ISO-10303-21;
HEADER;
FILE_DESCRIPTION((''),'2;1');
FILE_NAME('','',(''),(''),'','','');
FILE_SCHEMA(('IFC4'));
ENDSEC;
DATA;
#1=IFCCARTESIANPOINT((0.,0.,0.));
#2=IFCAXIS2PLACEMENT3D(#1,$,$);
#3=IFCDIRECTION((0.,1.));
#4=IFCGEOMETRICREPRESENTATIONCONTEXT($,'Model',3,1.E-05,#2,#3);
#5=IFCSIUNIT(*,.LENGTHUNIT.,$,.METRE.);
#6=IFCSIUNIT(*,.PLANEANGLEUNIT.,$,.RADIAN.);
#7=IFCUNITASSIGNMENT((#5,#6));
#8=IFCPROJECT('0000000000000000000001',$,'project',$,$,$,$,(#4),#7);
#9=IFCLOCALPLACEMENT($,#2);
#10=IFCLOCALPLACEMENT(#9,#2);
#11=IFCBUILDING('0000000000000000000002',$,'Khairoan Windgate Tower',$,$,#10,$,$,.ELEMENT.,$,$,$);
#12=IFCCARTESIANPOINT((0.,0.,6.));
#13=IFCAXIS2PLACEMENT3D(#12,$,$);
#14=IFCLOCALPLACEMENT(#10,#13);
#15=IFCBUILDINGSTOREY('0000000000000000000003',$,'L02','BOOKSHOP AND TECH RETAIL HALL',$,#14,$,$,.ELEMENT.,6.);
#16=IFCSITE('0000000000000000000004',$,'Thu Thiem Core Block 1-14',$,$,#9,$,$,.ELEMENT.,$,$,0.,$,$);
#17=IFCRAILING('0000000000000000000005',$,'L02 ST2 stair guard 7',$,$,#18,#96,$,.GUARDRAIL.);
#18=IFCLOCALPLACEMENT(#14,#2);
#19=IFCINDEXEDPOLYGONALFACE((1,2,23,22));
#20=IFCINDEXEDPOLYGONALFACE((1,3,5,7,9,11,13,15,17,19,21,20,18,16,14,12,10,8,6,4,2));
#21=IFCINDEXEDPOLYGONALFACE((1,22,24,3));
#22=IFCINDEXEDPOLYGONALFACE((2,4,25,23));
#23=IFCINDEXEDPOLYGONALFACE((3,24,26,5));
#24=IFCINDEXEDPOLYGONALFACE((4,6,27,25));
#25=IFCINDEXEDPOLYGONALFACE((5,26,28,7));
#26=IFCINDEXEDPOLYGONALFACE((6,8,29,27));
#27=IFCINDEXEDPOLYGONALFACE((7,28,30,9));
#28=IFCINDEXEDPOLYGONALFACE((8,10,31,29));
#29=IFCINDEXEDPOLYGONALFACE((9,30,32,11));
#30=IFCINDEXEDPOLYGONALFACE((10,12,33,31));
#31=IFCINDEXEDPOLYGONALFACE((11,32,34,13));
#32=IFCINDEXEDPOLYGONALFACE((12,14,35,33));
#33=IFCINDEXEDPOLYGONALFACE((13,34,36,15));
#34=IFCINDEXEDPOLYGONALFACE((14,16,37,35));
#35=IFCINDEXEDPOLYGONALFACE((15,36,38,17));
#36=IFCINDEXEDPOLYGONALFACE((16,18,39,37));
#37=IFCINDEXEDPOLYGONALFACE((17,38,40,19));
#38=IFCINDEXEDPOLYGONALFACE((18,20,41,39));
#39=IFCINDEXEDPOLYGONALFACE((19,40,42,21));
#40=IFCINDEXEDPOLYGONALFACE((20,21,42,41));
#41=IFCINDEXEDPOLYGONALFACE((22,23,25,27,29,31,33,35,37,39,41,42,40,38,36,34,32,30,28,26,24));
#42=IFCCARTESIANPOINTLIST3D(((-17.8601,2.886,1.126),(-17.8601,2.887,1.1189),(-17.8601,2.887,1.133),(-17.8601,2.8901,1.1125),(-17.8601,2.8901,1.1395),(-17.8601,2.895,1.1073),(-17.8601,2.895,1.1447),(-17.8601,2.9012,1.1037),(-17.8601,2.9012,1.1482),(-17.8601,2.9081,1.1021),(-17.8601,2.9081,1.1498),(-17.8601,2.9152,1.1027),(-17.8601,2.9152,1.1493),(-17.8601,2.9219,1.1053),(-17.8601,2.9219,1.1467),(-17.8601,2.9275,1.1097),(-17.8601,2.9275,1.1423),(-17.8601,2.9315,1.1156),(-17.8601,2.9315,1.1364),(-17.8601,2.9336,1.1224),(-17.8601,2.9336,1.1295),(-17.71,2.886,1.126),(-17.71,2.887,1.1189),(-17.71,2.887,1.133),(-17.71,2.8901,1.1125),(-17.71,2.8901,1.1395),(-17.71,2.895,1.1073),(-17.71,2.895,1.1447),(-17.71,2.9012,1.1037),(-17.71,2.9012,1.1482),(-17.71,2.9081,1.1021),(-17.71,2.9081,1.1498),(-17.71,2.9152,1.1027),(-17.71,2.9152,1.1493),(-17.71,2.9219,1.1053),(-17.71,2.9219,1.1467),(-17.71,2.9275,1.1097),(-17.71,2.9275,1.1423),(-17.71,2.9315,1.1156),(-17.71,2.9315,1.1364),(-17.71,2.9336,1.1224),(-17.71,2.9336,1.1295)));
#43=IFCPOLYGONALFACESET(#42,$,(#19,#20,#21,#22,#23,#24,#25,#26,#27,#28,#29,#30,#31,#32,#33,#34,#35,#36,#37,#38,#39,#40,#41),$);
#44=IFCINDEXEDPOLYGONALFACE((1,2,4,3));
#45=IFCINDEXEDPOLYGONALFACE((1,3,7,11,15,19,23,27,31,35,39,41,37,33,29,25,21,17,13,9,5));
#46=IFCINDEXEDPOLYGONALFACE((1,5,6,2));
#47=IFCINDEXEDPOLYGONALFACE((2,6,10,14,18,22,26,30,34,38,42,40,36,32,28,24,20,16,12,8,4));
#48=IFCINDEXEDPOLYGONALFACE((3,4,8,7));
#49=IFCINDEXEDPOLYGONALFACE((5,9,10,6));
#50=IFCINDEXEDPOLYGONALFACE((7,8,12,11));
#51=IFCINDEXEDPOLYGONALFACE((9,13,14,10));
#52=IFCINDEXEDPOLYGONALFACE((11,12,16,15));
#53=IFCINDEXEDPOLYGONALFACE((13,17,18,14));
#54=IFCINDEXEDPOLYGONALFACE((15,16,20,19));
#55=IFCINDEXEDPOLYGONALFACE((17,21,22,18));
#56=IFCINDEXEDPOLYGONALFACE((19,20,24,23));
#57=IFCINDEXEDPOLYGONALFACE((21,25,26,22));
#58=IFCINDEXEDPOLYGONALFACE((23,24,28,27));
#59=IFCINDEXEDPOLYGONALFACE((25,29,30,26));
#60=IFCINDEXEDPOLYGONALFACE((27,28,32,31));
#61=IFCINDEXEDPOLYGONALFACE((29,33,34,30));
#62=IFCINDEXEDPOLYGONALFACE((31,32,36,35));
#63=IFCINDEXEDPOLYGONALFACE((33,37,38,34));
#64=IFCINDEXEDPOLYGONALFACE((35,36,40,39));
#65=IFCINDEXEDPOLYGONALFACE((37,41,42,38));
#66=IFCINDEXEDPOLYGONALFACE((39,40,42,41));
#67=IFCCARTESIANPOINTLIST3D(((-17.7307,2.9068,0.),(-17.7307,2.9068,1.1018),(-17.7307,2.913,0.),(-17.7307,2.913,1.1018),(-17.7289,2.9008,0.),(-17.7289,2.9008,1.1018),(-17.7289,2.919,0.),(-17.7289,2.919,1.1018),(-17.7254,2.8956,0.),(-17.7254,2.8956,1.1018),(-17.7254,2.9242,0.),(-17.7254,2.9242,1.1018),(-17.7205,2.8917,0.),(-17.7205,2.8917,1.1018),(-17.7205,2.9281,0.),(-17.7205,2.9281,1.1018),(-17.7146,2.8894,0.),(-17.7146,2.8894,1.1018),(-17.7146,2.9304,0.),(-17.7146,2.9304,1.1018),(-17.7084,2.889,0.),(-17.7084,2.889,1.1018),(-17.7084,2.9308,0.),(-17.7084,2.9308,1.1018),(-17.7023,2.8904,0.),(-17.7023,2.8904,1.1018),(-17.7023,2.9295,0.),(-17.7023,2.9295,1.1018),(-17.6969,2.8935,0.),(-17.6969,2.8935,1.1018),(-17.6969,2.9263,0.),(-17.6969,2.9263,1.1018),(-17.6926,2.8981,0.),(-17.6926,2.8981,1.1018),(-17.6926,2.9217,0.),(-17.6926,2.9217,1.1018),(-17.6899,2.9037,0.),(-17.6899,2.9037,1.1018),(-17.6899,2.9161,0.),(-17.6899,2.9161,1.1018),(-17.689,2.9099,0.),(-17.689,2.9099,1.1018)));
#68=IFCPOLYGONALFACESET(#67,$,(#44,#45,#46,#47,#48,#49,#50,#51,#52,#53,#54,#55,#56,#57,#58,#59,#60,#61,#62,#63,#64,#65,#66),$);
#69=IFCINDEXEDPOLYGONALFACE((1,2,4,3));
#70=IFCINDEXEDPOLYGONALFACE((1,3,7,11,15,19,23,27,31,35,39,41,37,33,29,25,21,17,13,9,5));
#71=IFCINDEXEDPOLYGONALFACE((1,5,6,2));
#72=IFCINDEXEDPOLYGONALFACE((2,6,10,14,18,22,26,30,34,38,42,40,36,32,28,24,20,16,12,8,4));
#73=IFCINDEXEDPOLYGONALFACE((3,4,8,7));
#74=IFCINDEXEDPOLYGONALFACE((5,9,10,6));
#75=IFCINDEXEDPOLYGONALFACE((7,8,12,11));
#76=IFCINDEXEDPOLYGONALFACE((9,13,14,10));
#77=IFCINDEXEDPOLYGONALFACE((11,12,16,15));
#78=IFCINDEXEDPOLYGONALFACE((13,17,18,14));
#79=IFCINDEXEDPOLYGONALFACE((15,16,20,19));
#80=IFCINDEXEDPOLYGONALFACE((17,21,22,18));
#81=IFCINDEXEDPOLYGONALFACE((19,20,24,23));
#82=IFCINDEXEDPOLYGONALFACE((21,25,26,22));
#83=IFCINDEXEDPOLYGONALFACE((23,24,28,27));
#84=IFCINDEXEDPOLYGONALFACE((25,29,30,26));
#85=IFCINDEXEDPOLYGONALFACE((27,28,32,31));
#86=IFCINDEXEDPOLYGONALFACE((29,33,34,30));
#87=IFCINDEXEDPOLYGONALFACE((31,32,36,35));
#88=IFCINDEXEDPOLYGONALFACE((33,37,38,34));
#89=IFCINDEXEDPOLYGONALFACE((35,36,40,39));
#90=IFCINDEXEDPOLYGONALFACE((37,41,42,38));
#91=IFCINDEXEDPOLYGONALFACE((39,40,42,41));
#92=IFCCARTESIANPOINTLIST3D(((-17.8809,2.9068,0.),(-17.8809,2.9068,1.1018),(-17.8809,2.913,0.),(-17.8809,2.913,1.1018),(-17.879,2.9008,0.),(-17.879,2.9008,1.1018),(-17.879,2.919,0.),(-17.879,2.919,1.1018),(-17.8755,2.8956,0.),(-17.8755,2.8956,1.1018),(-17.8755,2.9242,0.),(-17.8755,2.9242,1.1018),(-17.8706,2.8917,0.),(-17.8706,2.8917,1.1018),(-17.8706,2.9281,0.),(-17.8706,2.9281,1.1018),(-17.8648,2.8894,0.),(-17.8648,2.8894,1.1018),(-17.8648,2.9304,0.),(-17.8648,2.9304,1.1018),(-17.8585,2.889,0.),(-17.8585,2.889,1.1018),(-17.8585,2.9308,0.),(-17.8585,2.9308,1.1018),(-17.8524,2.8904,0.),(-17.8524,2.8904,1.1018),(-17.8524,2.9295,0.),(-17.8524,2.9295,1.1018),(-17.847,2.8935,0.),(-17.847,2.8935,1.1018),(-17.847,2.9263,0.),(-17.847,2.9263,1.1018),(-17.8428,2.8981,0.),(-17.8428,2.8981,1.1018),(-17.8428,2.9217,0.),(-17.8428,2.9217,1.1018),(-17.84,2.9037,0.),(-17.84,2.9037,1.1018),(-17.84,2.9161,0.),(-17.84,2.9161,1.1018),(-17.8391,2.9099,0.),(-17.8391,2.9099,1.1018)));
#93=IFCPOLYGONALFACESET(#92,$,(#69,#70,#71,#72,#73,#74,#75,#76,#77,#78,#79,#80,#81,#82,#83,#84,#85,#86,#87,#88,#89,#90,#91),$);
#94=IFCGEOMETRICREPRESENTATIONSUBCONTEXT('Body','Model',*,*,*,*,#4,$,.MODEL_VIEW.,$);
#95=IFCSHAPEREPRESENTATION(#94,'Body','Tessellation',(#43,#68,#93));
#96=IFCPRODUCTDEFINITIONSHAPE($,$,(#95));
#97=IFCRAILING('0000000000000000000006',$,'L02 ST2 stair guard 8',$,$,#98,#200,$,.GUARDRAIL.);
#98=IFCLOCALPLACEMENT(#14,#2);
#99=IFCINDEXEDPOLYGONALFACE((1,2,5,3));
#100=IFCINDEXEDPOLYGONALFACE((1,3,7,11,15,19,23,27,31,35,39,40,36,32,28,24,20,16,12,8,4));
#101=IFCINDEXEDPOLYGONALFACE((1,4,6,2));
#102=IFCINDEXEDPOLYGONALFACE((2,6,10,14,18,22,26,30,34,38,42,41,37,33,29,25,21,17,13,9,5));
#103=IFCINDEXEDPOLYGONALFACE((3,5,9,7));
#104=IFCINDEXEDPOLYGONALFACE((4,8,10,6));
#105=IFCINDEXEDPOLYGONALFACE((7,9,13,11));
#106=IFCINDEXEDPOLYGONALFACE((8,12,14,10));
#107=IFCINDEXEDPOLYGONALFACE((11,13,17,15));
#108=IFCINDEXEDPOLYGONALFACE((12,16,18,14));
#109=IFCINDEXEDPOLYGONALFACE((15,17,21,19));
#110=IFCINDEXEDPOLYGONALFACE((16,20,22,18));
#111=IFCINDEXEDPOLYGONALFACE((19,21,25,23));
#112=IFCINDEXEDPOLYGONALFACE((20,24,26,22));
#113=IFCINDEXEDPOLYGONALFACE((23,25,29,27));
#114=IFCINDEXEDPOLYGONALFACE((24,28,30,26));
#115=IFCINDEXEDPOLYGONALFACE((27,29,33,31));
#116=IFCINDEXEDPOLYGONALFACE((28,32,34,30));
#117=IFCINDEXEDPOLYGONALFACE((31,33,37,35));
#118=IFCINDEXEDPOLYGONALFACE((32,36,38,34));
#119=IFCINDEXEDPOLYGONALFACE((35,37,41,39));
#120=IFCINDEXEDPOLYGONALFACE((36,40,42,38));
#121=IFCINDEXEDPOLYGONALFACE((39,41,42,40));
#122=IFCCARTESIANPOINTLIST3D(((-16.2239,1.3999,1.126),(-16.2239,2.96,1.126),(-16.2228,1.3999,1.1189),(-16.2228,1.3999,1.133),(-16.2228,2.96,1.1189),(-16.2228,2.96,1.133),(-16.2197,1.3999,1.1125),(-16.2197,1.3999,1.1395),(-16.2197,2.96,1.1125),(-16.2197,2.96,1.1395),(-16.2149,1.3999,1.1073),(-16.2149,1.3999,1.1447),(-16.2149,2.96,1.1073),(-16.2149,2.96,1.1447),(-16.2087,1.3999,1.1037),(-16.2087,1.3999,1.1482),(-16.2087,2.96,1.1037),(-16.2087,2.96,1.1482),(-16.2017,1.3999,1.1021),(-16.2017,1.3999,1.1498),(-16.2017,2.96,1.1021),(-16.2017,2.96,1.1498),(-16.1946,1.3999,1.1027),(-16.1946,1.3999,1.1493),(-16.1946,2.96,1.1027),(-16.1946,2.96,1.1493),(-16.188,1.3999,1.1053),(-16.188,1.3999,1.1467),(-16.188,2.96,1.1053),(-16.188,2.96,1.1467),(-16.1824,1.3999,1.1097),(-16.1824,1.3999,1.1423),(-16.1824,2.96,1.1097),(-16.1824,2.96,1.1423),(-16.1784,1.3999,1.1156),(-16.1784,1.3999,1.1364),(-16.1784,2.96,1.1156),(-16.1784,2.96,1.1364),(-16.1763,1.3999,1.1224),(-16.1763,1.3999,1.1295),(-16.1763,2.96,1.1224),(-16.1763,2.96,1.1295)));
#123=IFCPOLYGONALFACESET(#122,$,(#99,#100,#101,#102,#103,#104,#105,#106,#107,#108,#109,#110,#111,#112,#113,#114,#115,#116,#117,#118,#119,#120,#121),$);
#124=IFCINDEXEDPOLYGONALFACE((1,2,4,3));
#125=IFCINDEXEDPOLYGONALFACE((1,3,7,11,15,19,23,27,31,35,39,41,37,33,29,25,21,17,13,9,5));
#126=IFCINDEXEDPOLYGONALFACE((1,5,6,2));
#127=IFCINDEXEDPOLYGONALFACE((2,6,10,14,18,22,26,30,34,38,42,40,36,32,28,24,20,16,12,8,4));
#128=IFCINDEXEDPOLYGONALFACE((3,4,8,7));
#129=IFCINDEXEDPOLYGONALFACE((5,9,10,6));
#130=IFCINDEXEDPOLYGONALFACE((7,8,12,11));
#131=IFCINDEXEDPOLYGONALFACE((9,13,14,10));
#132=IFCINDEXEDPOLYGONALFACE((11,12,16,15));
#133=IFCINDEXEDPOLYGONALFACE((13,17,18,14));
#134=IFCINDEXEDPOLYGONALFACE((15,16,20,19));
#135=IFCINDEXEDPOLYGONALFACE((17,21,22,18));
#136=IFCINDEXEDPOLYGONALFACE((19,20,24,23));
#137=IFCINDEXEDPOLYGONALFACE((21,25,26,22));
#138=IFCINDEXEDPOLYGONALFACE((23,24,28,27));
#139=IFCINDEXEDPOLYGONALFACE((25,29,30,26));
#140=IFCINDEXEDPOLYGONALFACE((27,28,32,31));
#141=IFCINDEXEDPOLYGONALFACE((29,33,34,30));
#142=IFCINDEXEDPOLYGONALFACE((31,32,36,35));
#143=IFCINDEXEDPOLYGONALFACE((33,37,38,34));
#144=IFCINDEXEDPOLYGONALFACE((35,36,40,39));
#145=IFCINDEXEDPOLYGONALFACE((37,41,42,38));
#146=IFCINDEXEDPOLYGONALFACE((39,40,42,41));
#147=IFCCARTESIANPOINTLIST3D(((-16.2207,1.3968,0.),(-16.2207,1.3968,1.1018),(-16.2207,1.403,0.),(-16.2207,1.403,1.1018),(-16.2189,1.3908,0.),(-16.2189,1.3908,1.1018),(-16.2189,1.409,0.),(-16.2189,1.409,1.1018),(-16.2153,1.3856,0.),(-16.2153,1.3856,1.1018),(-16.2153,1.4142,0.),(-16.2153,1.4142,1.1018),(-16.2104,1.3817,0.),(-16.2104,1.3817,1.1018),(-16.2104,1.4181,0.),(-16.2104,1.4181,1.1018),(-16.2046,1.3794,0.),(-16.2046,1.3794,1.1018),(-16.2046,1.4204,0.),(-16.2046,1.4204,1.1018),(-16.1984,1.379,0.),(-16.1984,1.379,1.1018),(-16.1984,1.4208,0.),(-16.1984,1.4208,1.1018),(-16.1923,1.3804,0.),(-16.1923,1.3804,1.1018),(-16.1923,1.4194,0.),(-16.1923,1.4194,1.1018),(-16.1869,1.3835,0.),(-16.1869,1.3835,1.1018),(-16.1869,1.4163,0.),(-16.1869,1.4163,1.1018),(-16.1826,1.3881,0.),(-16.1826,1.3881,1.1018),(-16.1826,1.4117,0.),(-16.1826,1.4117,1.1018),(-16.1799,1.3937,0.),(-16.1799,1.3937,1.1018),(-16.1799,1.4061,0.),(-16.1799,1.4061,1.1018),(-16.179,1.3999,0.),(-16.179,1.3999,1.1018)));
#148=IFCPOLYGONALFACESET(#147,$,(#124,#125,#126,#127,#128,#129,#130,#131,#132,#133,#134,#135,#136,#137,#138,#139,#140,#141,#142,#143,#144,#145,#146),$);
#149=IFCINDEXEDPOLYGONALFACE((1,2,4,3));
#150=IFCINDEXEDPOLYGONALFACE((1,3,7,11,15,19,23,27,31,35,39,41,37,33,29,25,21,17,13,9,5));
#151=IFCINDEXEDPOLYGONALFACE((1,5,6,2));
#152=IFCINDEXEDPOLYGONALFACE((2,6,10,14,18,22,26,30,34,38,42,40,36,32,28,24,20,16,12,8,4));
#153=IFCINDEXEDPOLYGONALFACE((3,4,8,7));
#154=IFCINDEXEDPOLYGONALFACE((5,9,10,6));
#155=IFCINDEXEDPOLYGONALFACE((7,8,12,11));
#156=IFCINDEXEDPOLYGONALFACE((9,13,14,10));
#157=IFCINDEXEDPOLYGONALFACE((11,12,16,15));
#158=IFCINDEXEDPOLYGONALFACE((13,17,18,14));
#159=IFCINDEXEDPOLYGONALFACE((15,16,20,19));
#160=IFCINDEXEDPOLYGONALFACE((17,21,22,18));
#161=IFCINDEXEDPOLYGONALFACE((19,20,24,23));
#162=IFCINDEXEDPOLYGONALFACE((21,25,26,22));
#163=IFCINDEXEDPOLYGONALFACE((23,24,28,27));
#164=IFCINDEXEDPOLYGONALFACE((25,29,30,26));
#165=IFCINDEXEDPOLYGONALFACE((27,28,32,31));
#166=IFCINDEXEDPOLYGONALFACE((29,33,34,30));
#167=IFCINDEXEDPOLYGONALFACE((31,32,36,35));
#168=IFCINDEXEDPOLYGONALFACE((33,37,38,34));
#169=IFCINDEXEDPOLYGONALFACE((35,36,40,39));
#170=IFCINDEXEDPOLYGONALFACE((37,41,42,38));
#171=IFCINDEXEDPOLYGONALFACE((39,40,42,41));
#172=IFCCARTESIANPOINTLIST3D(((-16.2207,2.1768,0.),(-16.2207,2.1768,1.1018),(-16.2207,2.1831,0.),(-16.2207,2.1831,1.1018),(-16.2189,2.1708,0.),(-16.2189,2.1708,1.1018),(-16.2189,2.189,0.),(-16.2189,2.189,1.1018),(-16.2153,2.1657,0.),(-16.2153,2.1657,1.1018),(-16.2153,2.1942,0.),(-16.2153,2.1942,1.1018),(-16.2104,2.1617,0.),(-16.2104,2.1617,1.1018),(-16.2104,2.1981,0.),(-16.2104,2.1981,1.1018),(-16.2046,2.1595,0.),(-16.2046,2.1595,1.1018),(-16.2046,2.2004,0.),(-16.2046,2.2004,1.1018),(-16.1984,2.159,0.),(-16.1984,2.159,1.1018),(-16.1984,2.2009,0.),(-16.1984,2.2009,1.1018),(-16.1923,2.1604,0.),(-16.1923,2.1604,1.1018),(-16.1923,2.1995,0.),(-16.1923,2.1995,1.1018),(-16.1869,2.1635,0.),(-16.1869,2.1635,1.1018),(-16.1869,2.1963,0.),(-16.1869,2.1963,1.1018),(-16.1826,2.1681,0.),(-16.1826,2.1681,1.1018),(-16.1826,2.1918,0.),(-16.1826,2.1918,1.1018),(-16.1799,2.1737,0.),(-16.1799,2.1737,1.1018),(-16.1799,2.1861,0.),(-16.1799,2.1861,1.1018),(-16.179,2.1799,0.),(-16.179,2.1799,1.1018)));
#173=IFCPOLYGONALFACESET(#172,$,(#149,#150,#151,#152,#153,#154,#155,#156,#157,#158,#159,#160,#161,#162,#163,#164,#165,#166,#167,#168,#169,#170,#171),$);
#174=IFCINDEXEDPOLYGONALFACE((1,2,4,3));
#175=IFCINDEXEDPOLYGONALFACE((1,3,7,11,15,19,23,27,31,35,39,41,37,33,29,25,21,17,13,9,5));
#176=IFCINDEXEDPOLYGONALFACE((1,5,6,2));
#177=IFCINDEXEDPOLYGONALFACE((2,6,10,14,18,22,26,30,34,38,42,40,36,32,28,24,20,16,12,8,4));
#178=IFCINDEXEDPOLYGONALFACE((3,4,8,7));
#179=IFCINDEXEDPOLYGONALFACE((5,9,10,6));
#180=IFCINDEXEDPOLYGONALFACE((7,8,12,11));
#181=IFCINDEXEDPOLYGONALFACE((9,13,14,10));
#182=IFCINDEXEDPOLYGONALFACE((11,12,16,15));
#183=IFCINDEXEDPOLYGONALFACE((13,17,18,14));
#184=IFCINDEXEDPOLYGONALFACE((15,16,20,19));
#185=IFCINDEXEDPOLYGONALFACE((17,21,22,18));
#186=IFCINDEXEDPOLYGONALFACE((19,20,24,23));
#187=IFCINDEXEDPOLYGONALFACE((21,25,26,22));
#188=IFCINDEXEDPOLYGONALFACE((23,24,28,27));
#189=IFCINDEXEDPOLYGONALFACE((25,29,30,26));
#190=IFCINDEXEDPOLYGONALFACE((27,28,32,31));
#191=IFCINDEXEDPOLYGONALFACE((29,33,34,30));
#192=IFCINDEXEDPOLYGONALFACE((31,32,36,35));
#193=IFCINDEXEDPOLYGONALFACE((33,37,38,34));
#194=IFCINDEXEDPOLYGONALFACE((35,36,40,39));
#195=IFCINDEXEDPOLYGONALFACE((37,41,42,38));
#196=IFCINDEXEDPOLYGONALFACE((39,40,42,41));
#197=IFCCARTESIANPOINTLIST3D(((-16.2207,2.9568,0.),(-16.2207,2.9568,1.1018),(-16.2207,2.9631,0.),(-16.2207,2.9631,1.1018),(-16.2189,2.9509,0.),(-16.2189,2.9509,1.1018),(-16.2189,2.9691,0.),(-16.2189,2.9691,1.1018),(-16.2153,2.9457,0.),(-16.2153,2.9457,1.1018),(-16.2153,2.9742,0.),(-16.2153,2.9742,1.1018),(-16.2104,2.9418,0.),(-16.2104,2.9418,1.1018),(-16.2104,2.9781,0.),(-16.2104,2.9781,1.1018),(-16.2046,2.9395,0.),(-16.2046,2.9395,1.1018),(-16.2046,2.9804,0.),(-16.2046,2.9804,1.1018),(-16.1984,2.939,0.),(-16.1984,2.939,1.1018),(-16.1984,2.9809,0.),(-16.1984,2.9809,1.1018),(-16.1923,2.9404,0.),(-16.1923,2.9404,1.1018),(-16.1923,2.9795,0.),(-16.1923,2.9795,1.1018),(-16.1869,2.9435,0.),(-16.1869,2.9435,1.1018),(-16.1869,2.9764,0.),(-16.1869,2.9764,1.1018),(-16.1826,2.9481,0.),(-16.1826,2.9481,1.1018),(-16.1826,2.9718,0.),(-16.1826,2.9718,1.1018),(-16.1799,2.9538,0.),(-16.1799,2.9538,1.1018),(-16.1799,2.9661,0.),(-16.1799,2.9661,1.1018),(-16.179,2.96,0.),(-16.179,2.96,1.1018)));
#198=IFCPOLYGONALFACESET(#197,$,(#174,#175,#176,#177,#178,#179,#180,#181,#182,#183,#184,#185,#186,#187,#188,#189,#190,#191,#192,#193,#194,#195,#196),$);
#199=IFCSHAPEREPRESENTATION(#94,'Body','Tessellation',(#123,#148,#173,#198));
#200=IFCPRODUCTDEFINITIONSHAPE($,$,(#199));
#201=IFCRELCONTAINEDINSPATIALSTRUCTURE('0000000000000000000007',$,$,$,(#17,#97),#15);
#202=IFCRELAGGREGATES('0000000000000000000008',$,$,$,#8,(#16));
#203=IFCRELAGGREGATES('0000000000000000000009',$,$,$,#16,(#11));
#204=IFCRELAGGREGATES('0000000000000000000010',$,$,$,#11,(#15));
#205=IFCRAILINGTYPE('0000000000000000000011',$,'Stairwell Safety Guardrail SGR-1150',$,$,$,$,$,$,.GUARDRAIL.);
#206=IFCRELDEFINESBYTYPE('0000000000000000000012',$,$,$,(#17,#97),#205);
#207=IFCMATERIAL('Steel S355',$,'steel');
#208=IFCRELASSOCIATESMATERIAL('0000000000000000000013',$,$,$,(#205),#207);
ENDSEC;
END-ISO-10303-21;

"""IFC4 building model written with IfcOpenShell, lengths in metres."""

from ifc_helpers import new_model, si_unit, direction, frame, origin, origin_2d, place, context, subcontext, project, spatial, circle, extrude, material, type_object, element, save


model = new_model("IFC4")

# Units and contexts
model_context = context("Model", 3, precision=1e-05, world=origin(), true_north=direction((0.0, 1.0)))
body_context = subcontext(model_context, "Body", "Model", "MODEL_VIEW")
ifc_project = project(units=[si_unit("LENGTHUNIT", "METRE"), si_unit("PLANEANGLEUNIT", "RADIAN")], contexts=[model_context])

# Site, building, storey
site_placement = place(None, origin())
site = spatial("IfcSite", under=ifc_project, at=site_placement, Name="Thu Thiem Core Block 1-14", CompositionType="ELEMENT", RefElevation=0.0)
building_placement = place(site_placement, origin())
building = spatial("IfcBuilding", under=site, at=building_placement, Name="Khairoan Windgate Tower", CompositionType="ELEMENT")
storey_placement = place(building_placement, frame((0.0, 0.0, 6.0)))
storey = spatial("IfcBuildingStorey", under=building, at=storey_placement, Name="L02", Description="BOOKSHOP AND TECH RETAIL HALL", CompositionType="ELEMENT", Elevation=6.0)

# Railings
ifc_material_1 = material(Name="Steel S355", Category="steel")
railing_type_1 = type_object("IfcRailingType", Name="Stairwell Safety Guardrail SGR-1150", PredefinedType="GUARDRAIL", material=ifc_material_1)
railing_1_placement = place(storey_placement, frame((-17.71, 2.9099, 0.0)))
element("IfcRailing", 1, at=railing_1_placement, inside=storey, type_object=railing_type_1, Name="L02 ST2 stair guard 7", PredefinedType="GUARDRAIL", context=body_context, shape_type="SweptSolid", body=[
    extrude(circle(Radius=0.0239, at=origin_2d()), frame((0.0, 0.0, 1.126), z_axis=(-1.0, 0.0, 0.0), x_axis=(0.0, -1.0, 0.0)), (0.0, 0.0, 1.0), 0.1501),
    extrude(circle(Radius=0.021, at=origin_2d()), origin(), (0.0, 0.0, 1.0), 1.1018),
    extrude(circle(Radius=0.021, at=origin_2d()), frame((-0.1501, 0.0, 0.0)), (0.0, 0.0, 1.0), 1.1018),
])
for number, where, name in (
    (2, (-16.2, 1.3999, 0.0), "L02 ST2 stair guard 8"),
):
    element("IfcRailing", number, at=place(storey_placement, frame(where)), inside=storey, type_object=railing_type_1, Name=name, PredefinedType="GUARDRAIL", context=body_context, shape_type="SweptSolid", body=[
        extrude(circle(Radius=0.0239, at=origin_2d()), frame((0.0, 0.0, 1.126), z_axis=(0.0, 1.0, 0.0), x_axis=(-1.0, 0.0, 0.0)), (0.0, 0.0, 1.0), 1.5601),
        extrude(circle(Radius=0.021, at=origin_2d()), origin(), (0.0, 0.0, 1.0), 1.1018),
        extrude(circle(Radius=0.021, at=origin_2d()), frame((0.0, 0.78, 0.0)), (0.0, 0.0, 1.0), 1.1018),
        extrude(circle(Radius=0.021, at=origin_2d()), frame((0.0, 1.5601, 0.0)), (0.0, 0.0, 1.0), 1.1018),
    ])

save(model, "model.ifc")
